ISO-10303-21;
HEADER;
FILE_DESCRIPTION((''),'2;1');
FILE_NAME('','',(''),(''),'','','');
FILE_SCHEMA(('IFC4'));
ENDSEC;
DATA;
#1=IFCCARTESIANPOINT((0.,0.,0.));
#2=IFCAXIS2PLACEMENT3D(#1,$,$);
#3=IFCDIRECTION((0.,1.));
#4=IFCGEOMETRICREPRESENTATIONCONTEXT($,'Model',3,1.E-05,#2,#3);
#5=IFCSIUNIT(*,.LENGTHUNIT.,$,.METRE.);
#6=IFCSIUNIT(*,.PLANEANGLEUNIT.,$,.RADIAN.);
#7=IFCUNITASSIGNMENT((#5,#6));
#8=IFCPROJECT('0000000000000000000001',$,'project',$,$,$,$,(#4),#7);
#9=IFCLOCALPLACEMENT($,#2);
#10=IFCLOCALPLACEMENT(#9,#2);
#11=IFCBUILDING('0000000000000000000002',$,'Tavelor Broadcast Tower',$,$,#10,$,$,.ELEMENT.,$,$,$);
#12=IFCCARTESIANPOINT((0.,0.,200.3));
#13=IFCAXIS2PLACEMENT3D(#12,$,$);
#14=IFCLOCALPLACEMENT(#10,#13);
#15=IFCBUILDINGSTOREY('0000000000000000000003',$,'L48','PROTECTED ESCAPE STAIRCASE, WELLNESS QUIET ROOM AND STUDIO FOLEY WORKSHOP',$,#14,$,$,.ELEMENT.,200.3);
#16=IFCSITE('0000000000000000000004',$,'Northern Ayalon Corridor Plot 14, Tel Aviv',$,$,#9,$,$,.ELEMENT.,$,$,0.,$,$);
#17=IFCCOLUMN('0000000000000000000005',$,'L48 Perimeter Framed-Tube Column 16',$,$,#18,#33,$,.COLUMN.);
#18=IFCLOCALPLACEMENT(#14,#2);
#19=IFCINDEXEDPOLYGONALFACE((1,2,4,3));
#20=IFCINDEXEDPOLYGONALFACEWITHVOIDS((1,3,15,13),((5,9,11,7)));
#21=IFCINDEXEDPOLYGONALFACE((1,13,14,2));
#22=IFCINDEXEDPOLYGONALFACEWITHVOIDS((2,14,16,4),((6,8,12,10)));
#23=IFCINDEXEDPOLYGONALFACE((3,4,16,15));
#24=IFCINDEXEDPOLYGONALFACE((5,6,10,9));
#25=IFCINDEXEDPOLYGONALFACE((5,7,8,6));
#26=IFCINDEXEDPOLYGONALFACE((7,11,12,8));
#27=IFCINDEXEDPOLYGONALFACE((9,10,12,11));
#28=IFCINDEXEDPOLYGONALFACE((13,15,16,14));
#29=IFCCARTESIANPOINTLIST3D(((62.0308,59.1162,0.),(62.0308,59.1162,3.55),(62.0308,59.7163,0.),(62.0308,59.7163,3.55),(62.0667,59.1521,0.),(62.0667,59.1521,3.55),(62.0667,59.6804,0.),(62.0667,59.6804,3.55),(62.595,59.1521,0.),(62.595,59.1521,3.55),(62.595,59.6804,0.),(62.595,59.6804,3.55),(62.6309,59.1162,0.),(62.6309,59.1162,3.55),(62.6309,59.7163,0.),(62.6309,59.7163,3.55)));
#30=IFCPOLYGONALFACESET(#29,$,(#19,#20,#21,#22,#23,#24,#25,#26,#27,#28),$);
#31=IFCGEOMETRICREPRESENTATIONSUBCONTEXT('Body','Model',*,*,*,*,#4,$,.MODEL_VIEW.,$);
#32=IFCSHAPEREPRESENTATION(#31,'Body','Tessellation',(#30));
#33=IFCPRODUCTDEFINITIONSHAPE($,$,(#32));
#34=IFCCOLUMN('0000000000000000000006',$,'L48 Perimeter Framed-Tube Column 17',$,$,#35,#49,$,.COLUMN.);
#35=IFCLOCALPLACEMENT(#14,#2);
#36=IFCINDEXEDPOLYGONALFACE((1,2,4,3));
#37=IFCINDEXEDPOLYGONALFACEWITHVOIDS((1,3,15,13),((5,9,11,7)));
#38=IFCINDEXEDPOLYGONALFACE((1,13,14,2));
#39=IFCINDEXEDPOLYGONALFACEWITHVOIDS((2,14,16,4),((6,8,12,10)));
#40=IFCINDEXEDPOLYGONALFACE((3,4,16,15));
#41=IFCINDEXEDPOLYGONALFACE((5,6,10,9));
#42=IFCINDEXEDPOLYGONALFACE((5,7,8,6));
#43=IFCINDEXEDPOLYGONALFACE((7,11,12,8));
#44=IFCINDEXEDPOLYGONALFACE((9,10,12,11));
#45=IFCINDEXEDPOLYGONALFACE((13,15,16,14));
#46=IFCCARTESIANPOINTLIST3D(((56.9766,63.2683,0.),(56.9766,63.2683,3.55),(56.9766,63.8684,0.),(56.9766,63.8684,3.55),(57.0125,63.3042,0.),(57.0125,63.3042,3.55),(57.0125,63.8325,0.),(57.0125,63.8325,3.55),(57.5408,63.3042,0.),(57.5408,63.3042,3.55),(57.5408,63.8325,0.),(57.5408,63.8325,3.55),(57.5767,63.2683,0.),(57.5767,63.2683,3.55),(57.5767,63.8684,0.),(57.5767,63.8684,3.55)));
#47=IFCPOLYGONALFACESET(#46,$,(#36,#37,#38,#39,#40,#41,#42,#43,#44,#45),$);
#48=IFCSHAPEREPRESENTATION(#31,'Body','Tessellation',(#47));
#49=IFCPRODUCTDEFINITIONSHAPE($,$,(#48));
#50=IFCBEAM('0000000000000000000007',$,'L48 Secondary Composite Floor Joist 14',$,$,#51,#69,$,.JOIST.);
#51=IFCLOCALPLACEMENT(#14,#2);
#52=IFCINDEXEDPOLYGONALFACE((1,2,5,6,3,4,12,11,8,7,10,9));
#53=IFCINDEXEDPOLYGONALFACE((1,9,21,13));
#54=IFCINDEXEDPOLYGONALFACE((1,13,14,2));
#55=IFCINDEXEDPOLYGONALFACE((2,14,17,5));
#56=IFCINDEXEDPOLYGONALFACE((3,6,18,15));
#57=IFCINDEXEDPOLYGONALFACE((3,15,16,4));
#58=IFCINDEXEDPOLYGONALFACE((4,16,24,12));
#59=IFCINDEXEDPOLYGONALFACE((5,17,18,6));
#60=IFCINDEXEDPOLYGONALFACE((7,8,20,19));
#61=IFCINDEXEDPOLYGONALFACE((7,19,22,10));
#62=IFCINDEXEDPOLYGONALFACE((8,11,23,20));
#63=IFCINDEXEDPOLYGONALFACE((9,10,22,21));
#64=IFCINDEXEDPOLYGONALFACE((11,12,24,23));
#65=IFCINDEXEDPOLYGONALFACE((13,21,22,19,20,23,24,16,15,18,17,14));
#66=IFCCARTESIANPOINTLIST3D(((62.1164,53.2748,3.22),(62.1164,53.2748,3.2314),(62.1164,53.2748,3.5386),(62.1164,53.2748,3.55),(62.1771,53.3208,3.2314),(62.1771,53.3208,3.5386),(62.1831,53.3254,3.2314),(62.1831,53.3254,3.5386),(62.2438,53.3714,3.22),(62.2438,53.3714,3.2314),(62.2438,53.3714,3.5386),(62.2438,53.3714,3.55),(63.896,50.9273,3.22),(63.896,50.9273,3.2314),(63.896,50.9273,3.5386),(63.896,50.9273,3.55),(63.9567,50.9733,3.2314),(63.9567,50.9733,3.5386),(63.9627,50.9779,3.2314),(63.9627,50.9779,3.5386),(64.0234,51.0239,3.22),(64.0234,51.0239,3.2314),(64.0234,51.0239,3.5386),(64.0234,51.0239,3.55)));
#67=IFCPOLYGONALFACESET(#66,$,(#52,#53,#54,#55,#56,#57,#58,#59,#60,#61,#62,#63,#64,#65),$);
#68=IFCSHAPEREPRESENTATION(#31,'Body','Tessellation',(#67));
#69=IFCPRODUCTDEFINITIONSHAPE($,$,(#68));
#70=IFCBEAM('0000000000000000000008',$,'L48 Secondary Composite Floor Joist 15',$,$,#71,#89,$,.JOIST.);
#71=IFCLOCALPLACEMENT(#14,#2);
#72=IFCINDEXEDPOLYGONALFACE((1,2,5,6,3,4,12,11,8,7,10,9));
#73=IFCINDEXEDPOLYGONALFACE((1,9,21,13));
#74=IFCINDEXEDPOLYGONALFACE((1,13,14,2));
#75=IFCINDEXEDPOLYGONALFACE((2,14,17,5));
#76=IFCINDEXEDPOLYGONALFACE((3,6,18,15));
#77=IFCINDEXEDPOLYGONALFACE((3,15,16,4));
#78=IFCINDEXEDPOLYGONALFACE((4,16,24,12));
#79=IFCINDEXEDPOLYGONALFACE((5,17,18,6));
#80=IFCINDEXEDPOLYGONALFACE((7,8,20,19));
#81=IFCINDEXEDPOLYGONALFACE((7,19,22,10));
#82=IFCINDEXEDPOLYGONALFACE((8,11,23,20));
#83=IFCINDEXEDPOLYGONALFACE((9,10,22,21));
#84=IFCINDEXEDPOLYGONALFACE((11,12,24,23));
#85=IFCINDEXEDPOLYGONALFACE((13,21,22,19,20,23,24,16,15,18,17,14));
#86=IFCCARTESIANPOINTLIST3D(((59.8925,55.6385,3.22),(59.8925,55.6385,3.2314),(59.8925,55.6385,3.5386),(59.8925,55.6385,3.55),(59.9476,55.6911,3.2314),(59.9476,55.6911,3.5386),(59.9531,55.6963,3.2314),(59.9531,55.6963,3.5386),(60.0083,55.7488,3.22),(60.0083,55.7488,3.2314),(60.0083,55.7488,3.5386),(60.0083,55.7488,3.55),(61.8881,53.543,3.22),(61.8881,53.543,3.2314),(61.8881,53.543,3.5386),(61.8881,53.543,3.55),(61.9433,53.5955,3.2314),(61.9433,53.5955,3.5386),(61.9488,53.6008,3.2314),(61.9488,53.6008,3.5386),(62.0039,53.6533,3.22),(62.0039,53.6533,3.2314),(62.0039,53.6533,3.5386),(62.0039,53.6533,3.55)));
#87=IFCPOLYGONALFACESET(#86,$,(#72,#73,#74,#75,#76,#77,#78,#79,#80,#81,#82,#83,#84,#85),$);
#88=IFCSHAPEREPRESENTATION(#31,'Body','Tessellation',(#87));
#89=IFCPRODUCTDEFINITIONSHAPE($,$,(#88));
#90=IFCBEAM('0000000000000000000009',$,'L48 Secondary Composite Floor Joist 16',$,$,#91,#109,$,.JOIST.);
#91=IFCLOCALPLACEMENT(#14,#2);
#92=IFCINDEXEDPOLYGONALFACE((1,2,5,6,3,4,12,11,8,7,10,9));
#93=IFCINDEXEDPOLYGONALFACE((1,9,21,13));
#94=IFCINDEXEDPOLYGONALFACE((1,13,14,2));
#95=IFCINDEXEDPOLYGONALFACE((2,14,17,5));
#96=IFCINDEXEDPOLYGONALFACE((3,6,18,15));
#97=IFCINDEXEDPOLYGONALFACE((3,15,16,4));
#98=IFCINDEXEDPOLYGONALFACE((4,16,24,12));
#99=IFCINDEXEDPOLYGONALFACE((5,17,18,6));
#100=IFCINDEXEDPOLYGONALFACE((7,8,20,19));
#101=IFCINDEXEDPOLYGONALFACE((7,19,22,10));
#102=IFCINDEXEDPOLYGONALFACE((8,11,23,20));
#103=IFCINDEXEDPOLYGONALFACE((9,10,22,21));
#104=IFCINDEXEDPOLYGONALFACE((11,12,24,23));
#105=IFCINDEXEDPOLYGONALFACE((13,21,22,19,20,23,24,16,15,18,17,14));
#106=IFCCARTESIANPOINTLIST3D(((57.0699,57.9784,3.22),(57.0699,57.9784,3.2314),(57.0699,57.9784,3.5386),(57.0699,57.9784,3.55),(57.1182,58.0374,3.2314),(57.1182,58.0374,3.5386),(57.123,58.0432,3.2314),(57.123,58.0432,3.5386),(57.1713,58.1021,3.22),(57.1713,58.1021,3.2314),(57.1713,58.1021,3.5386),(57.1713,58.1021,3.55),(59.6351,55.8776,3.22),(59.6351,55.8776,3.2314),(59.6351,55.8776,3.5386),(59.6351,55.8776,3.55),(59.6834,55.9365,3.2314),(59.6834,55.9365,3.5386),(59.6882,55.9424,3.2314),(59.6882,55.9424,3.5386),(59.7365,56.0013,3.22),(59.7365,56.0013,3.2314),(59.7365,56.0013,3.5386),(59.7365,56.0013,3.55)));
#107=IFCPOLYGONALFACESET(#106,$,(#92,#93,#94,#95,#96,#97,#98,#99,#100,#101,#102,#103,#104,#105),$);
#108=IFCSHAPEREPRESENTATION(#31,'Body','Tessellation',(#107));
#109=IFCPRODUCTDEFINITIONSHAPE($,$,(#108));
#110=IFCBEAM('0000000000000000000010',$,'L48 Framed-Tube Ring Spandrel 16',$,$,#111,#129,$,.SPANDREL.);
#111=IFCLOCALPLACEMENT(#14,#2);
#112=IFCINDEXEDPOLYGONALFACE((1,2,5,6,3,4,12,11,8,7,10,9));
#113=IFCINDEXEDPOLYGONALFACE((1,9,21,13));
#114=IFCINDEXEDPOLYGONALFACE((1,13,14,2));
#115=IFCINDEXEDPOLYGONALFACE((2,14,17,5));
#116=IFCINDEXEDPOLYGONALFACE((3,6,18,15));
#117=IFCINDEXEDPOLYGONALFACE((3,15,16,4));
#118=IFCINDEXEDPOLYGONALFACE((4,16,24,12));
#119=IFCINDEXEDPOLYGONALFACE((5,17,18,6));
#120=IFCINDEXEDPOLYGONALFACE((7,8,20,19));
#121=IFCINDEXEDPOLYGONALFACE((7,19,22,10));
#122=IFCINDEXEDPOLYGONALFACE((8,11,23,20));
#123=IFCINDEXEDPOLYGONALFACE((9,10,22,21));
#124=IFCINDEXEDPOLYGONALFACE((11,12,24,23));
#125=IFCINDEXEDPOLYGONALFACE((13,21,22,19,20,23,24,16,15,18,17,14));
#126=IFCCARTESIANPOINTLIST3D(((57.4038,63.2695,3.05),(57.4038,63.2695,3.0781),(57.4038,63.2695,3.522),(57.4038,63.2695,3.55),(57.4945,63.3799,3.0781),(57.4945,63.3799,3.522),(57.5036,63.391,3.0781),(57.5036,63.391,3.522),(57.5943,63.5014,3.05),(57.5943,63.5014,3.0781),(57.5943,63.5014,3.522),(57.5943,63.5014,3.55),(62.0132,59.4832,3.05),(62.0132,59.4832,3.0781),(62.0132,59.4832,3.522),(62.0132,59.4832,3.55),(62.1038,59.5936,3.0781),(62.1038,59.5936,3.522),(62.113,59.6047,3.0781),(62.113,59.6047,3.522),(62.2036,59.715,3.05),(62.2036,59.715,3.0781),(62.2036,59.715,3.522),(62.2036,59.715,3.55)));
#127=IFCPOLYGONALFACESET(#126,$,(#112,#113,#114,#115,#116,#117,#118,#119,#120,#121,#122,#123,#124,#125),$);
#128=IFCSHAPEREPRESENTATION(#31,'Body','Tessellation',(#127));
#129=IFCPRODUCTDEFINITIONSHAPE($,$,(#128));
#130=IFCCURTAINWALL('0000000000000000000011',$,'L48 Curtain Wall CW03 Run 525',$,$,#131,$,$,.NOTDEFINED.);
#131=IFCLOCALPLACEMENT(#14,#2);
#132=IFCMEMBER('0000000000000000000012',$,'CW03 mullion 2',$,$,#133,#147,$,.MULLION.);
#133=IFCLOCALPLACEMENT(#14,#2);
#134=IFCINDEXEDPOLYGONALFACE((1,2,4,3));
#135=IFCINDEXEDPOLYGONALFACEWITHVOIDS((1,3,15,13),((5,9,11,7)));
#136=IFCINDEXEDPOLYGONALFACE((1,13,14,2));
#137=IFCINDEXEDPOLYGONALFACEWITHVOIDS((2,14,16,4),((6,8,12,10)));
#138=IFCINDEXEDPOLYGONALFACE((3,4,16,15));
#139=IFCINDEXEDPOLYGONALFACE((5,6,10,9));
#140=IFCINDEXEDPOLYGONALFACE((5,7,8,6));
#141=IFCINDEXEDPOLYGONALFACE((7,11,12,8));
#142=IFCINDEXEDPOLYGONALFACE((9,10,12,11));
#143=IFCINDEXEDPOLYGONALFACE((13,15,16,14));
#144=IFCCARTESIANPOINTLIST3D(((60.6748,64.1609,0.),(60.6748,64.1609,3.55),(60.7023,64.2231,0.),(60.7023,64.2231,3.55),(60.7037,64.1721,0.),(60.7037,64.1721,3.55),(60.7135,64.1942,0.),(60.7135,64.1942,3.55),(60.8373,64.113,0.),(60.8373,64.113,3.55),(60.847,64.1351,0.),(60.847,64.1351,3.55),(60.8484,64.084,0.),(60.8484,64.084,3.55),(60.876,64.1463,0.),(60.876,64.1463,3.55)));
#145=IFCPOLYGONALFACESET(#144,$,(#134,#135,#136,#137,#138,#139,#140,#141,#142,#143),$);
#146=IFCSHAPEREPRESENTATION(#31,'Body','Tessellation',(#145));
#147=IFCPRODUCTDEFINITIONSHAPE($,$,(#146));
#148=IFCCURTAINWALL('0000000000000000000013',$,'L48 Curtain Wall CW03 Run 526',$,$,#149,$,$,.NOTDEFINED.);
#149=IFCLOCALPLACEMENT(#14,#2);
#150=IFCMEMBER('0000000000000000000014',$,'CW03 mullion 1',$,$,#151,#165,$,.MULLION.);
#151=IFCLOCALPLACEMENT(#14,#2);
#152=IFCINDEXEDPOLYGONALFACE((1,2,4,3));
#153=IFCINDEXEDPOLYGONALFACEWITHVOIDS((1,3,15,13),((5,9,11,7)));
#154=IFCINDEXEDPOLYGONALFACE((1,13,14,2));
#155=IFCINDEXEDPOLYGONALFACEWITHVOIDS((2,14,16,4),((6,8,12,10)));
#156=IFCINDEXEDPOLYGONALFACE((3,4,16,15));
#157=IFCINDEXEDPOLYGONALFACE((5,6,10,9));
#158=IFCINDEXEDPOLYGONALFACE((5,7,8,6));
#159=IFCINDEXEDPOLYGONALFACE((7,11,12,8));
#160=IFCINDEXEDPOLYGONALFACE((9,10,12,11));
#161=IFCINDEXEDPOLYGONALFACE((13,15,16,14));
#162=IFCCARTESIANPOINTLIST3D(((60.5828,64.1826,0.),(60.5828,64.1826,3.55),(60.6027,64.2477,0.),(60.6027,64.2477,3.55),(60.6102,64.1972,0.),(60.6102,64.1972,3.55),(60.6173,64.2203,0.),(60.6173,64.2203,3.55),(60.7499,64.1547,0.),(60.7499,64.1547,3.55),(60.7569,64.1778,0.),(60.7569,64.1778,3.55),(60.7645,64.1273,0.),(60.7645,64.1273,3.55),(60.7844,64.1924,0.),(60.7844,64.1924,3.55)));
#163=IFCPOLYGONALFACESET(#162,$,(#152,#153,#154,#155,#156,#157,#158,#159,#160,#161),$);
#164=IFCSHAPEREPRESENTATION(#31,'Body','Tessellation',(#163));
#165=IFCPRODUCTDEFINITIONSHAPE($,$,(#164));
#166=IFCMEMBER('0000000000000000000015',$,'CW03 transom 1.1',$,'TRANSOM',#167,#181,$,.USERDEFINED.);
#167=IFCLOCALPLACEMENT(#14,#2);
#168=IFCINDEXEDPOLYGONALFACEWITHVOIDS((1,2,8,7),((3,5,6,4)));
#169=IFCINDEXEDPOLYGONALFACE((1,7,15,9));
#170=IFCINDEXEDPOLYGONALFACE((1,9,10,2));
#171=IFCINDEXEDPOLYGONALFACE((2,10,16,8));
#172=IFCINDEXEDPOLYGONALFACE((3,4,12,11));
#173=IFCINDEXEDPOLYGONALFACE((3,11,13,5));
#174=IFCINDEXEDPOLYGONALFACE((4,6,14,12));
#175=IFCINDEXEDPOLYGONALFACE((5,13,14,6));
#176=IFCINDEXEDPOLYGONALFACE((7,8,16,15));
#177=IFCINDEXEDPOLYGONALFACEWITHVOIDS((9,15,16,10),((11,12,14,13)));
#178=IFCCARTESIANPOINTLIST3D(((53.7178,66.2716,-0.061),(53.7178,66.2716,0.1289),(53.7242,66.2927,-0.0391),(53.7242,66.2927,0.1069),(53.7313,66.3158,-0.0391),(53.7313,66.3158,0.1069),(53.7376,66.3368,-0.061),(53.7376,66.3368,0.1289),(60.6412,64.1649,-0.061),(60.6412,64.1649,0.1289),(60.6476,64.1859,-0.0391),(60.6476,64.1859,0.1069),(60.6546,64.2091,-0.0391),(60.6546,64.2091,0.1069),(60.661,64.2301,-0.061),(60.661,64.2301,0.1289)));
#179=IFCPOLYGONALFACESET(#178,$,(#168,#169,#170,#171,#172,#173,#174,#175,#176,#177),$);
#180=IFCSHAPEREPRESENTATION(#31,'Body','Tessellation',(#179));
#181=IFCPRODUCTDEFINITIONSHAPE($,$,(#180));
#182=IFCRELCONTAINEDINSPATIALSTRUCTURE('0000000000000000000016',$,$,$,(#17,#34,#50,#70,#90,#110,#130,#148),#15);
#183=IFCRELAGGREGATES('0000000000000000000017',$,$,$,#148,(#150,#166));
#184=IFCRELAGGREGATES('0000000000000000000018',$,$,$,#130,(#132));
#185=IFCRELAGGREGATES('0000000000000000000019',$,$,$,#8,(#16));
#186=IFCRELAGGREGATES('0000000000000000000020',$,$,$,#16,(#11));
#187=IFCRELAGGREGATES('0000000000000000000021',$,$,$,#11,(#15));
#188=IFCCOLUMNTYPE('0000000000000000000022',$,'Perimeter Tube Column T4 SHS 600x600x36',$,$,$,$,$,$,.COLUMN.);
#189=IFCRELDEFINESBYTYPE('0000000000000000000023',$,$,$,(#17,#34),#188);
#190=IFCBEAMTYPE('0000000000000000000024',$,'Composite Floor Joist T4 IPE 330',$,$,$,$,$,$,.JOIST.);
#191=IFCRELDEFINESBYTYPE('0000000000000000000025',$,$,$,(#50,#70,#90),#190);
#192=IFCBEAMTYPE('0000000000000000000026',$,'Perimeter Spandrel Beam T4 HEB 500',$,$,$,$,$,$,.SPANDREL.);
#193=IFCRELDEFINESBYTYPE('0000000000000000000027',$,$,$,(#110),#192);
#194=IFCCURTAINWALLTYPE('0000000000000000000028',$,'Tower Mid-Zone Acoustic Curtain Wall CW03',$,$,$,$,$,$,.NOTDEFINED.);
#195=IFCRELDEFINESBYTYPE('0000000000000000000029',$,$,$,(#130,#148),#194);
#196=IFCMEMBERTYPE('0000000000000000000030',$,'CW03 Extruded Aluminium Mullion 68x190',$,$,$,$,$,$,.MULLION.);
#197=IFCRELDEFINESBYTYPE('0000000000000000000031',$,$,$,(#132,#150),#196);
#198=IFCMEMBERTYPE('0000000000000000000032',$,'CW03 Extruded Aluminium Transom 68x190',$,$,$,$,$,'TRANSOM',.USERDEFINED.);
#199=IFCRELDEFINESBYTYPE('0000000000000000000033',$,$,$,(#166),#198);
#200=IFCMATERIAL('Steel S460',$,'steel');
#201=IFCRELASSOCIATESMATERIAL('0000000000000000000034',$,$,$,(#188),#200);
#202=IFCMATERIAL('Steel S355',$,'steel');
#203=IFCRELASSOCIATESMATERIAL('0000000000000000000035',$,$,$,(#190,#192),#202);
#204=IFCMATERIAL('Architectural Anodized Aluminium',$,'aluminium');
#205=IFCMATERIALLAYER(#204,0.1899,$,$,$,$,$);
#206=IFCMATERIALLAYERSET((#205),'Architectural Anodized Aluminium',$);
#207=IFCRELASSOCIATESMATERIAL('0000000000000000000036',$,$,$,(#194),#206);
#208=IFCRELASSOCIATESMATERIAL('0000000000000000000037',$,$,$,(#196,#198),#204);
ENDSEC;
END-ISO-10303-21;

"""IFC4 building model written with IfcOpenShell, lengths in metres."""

from ifc_helpers import new_model, si_unit, direction, frame, origin, origin_2d, place, context, subcontext, project, spatial, hollow_rectangle, i_section, extrude, source, transform, mapped, material, layer, layer_set, material_profile, profile_set, type_object, type_shapes, element, aggregate, save


model = new_model("IFC4")

# Units and contexts
model_context = context("Model", 3, precision=1e-05, world=origin(), true_north=direction((0.0, 1.0)))
body_context = subcontext(model_context, "Body", "Model", "MODEL_VIEW")
ifc_project = project(units=[si_unit("LENGTHUNIT", "METRE"), si_unit("PLANEANGLEUNIT", "RADIAN")], contexts=[model_context])

# Site, building, storey
site_placement = place(None, origin())
site = spatial("IfcSite", under=ifc_project, at=site_placement, Name="Northern Ayalon Corridor Plot 14, Tel Aviv", CompositionType="ELEMENT", RefElevation=0.0)
building_placement = place(site_placement, origin())
building = spatial("IfcBuilding", under=site, at=building_placement, Name="Tavelor Broadcast Tower", CompositionType="ELEMENT")
storey_placement = place(building_placement, frame((0.0, 0.0, 200.3)))
storey = spatial("IfcBuildingStorey", under=building, at=storey_placement, Name="L48", Description="PROTECTED ESCAPE STAIRCASE, WELLNESS QUIET ROOM AND STUDIO FOLEY WORKSHOP", CompositionType="ELEMENT", Elevation=200.3)

# Columns
ifc_material_1 = material(Name="Steel S460", Category="steel")
ifc_material_profile_1 = material_profile(ifc_material_1, hollow_rectangle(XDim=0.6001, YDim=0.6001, WallThickness=0.0359, at=origin_2d()), Name="SHS 600x600x36")
ifc_profile_set_1 = profile_set([ifc_material_profile_1], Name="Steel S460")
column_type = type_object("IfcColumnType", Name="Perimeter Tube Column T4 SHS 600x600x36", PredefinedType="COLUMN", material=ifc_profile_set_1)
for number, where, z_axis, x_axis, name in (
    (1, (62.3308, 59.4163, 0.0), (0.0, 0.0, 1.0), (1.0, 0.0, 0.0), "L48 Perimeter Framed-Tube Column 16"),
    (2, (57.2766, 63.5684, 0.0), (0.0, 0.0, 1.0), (1.0, 0.0, 0.0), "L48 Perimeter Framed-Tube Column 17"),
):
    element("IfcColumn", number, at=place(storey_placement, frame(where, z_axis=z_axis, x_axis=x_axis)), inside=storey, type_object=column_type, Name=name, PredefinedType="COLUMN", context=body_context, shape_type="SweptSolid", body=[
        extrude(hollow_rectangle(XDim=0.6001, YDim=0.6001, WallThickness=0.0359, at=origin_2d()), origin(), (0.0, 0.0, 1.0), 3.55),
    ])

# Beams
ifc_material_2 = material(Name="Steel S355", Category="steel")
ifc_material_profile_2 = material_profile(ifc_material_2, i_section(OverallWidth=0.1599, OverallDepth=0.3301, WebThickness=0.0076, FlangeThickness=0.0115, at=origin_2d()), Name="IPE 330")
ifc_profile_set_2 = profile_set([ifc_material_profile_2], Name="Steel S355")
beam_type_1 = type_object("IfcBeamType", Name="Composite Floor Joist T4 IPE 330", PredefinedType="JOIST", material=ifc_profile_set_2)
beam_1_placement = place(storey_placement, frame((63.9597, 50.9756, 3.385), z_axis=(-0.604116, 0.796896, 0.0), x_axis=(-0.796896, -0.604116, 0.0)))
element("IfcBeam", 3, at=beam_1_placement, inside=storey, type_object=beam_type_1, Name="L48 Secondary Composite Floor Joist 14", PredefinedType="JOIST", context=body_context, shape_type="SweptSolid", body=[
    extrude(i_section(OverallWidth=0.1599, OverallDepth=0.3301, WebThickness=0.0076, FlangeThickness=0.0115, at=origin_2d()), origin(), (0.0, 0.0, 1.0), 2.9458),
])
beam_2_placement = place(storey_placement, frame((61.946, 53.5981, 3.385), z_axis=(-0.689643, 0.72415, 0.0), x_axis=(-0.72415, -0.689643, 0.0)))
element("IfcBeam", 4, at=beam_2_placement, inside=storey, type_object=beam_type_1, Name="L48 Secondary Composite Floor Joist 15", PredefinedType="JOIST", context=body_context, shape_type="SweptSolid", body=[
    extrude(i_section(OverallWidth=0.1599, OverallDepth=0.3301, WebThickness=0.0076, FlangeThickness=0.0115, at=origin_2d()), origin(), (0.0, 0.0, 1.0), 2.8938),
])
beam_3_placement = place(storey_placement, frame((59.6858, 55.9395, 3.385), z_axis=(-0.773655, 0.633607, 0.0), x_axis=(-0.633607, -0.773655, 0.0)))
element("IfcBeam", 5, at=beam_3_placement, inside=storey, type_object=beam_type_1, Name="L48 Secondary Composite Floor Joist 16", PredefinedType="JOIST", context=body_context, shape_type="SweptSolid", body=[
    extrude(i_section(OverallWidth=0.1599, OverallDepth=0.3301, WebThickness=0.0076, FlangeThickness=0.0115, at=origin_2d()), origin(), (0.0, 0.0, 1.0), 3.3157),
])
ifc_material_profile_3 = material_profile(ifc_material_2, i_section(OverallWidth=0.3, OverallDepth=0.5, WebThickness=0.0144, FlangeThickness=0.0281, at=origin_2d()), Name="HEB 500")
ifc_profile_set_3 = profile_set([ifc_material_profile_3], Name="Steel S355")
beam_type_2 = type_object("IfcBeamType", Name="Perimeter Spandrel Beam T4 HEB 500", PredefinedType="SPANDREL", material=ifc_profile_set_3)
beam_4_placement = place(storey_placement, frame((62.1084, 59.5991, 3.3), z_axis=(-0.772718, 0.63475, 0.0), x_axis=(-0.63475, -0.772718, 0.0)))
element("IfcBeam", 6, at=beam_4_placement, inside=storey, type_object=beam_type_2, Name="L48 Framed-Tube Ring Spandrel 16", PredefinedType="SPANDREL", context=body_context, shape_type="SweptSolid", body=[
    extrude(i_section(OverallWidth=0.3, OverallDepth=0.5, WebThickness=0.0144, FlangeThickness=0.0281, at=origin_2d()), origin(), (0.0, 0.0, 1.0), 5.9651),
])

# Curtain wall, member
ifc_material_3 = material(Name="Architectural Anodized Aluminium", Category="aluminium")
ifc_layer_1 = layer(ifc_material_3, 0.1899)
ifc_layer_set_1 = layer_set([ifc_layer_1], Name="Architectural Anodized Aluminium")
curtain_wall_type = type_object("IfcCurtainWallType", Name="Tower Mid-Zone Acoustic Curtain Wall CW03", PredefinedType="NOTDEFINED", material=ifc_layer_set_1)
curtain_wall_1_placement = place(storey_placement, origin())
curtain_wall_1 = element("IfcCurtainWall", 7, at=curtain_wall_1_placement, inside=storey, type_object=curtain_wall_type, Name="L48 Curtain Wall CW03 Run 525", PredefinedType="NOTDEFINED")
ifc_material_profile_4 = material_profile(ifc_material_3, hollow_rectangle(XDim=0.0681, YDim=0.1899, WallThickness=0.022, at=origin_2d()), Name="RHS 68x190x22")
ifc_profile_set_4 = profile_set([ifc_material_profile_4], Name="Architectural Anodized Aluminium")
member_type_1 = type_object("IfcMemberType", Name="CW03 Extruded Aluminium Mullion 68x190", PredefinedType="MULLION", material=ifc_profile_set_4)
shared_shape_1 = source(origin(), body_context, "Body", "SweptSolid", [
    extrude(hollow_rectangle(XDim=0.0681, YDim=0.1899, WallThickness=0.022, at=origin_2d()), origin(), (0.0, 0.0, 1.0), 3.55),
])
type_shapes(member_type_1, [shared_shape_1])
member_1_placement = place(storey_placement, frame((60.7754, 64.1536, 0.0), z_axis=(0.0, 0.0, 1.0), x_axis=(-0.404749, -0.914428, 0.0)))
member_1 = element("IfcMember", 8, at=member_1_placement, type_object=member_type_1, Name="CW03 mullion 2", PredefinedType="MULLION", context=body_context, shape_type="MappedRepresentation", body=[
    mapped(shared_shape_1, transform((0.0, 0.0, 0.0), scale=1.0)),
])

# Curtain wall, members
curtain_wall_2_placement = place(storey_placement, origin())
curtain_wall_2 = element("IfcCurtainWall", 9, at=curtain_wall_2_placement, inside=storey, type_object=curtain_wall_type, Name="L48 Curtain Wall CW03 Run 526", PredefinedType="NOTDEFINED")
member_2_placement = place(storey_placement, frame((60.6836, 64.1875, 0.0), z_axis=(0.0, 0.0, 1.0), x_axis=(-0.291114, -0.956688, 0.0)))
member_2 = element("IfcMember", 10, at=member_2_placement, type_object=member_type_1, Name="CW03 mullion 1", PredefinedType="MULLION", context=body_context, shape_type="MappedRepresentation", body=[
    mapped(shared_shape_1, transform((0.0, 0.0, 0.0), scale=1.0)),
])
ifc_material_profile_5 = material_profile(ifc_material_3, hollow_rectangle(XDim=0.0681, YDim=0.1899, WallThickness=0.022, at=origin_2d()), Name="RHS 68x190x22")
ifc_profile_set_5 = profile_set([ifc_material_profile_5], Name="Architectural Anodized Aluminium")
member_type_2 = type_object("IfcMemberType", Name="CW03 Extruded Aluminium Transom 68x190", ElementType="TRANSOM", PredefinedType="USERDEFINED", material=ifc_profile_set_5)
shared_shape_2 = source(origin(), body_context, "Body", "SweptSolid", [
    extrude(hollow_rectangle(XDim=0.0681, YDim=0.1899, WallThickness=0.022, at=origin_2d()), origin(), (0.0, 0.0, 1.0), 7.2368),
])
type_shapes(member_type_2, [shared_shape_2])
member_3_placement = place(storey_placement, frame((60.6511, 64.1975, 0.0339), z_axis=(-0.95669, 0.291109, 0.0), x_axis=(-0.291109, -0.95669, 0.0)))
member_3 = element("IfcMember", 11, at=member_3_placement, type_object=member_type_2, Name="CW03 transom 1.1", ObjectType="TRANSOM", PredefinedType="USERDEFINED", context=body_context, shape_type="MappedRepresentation", body=[
    mapped(shared_shape_2, transform((0.0, 0.0, 0.0), scale=1.0)),
])
aggregate(curtain_wall_2, [member_2, member_3])

aggregate(curtain_wall_1, [member_1])

save(model, "model.ifc")
